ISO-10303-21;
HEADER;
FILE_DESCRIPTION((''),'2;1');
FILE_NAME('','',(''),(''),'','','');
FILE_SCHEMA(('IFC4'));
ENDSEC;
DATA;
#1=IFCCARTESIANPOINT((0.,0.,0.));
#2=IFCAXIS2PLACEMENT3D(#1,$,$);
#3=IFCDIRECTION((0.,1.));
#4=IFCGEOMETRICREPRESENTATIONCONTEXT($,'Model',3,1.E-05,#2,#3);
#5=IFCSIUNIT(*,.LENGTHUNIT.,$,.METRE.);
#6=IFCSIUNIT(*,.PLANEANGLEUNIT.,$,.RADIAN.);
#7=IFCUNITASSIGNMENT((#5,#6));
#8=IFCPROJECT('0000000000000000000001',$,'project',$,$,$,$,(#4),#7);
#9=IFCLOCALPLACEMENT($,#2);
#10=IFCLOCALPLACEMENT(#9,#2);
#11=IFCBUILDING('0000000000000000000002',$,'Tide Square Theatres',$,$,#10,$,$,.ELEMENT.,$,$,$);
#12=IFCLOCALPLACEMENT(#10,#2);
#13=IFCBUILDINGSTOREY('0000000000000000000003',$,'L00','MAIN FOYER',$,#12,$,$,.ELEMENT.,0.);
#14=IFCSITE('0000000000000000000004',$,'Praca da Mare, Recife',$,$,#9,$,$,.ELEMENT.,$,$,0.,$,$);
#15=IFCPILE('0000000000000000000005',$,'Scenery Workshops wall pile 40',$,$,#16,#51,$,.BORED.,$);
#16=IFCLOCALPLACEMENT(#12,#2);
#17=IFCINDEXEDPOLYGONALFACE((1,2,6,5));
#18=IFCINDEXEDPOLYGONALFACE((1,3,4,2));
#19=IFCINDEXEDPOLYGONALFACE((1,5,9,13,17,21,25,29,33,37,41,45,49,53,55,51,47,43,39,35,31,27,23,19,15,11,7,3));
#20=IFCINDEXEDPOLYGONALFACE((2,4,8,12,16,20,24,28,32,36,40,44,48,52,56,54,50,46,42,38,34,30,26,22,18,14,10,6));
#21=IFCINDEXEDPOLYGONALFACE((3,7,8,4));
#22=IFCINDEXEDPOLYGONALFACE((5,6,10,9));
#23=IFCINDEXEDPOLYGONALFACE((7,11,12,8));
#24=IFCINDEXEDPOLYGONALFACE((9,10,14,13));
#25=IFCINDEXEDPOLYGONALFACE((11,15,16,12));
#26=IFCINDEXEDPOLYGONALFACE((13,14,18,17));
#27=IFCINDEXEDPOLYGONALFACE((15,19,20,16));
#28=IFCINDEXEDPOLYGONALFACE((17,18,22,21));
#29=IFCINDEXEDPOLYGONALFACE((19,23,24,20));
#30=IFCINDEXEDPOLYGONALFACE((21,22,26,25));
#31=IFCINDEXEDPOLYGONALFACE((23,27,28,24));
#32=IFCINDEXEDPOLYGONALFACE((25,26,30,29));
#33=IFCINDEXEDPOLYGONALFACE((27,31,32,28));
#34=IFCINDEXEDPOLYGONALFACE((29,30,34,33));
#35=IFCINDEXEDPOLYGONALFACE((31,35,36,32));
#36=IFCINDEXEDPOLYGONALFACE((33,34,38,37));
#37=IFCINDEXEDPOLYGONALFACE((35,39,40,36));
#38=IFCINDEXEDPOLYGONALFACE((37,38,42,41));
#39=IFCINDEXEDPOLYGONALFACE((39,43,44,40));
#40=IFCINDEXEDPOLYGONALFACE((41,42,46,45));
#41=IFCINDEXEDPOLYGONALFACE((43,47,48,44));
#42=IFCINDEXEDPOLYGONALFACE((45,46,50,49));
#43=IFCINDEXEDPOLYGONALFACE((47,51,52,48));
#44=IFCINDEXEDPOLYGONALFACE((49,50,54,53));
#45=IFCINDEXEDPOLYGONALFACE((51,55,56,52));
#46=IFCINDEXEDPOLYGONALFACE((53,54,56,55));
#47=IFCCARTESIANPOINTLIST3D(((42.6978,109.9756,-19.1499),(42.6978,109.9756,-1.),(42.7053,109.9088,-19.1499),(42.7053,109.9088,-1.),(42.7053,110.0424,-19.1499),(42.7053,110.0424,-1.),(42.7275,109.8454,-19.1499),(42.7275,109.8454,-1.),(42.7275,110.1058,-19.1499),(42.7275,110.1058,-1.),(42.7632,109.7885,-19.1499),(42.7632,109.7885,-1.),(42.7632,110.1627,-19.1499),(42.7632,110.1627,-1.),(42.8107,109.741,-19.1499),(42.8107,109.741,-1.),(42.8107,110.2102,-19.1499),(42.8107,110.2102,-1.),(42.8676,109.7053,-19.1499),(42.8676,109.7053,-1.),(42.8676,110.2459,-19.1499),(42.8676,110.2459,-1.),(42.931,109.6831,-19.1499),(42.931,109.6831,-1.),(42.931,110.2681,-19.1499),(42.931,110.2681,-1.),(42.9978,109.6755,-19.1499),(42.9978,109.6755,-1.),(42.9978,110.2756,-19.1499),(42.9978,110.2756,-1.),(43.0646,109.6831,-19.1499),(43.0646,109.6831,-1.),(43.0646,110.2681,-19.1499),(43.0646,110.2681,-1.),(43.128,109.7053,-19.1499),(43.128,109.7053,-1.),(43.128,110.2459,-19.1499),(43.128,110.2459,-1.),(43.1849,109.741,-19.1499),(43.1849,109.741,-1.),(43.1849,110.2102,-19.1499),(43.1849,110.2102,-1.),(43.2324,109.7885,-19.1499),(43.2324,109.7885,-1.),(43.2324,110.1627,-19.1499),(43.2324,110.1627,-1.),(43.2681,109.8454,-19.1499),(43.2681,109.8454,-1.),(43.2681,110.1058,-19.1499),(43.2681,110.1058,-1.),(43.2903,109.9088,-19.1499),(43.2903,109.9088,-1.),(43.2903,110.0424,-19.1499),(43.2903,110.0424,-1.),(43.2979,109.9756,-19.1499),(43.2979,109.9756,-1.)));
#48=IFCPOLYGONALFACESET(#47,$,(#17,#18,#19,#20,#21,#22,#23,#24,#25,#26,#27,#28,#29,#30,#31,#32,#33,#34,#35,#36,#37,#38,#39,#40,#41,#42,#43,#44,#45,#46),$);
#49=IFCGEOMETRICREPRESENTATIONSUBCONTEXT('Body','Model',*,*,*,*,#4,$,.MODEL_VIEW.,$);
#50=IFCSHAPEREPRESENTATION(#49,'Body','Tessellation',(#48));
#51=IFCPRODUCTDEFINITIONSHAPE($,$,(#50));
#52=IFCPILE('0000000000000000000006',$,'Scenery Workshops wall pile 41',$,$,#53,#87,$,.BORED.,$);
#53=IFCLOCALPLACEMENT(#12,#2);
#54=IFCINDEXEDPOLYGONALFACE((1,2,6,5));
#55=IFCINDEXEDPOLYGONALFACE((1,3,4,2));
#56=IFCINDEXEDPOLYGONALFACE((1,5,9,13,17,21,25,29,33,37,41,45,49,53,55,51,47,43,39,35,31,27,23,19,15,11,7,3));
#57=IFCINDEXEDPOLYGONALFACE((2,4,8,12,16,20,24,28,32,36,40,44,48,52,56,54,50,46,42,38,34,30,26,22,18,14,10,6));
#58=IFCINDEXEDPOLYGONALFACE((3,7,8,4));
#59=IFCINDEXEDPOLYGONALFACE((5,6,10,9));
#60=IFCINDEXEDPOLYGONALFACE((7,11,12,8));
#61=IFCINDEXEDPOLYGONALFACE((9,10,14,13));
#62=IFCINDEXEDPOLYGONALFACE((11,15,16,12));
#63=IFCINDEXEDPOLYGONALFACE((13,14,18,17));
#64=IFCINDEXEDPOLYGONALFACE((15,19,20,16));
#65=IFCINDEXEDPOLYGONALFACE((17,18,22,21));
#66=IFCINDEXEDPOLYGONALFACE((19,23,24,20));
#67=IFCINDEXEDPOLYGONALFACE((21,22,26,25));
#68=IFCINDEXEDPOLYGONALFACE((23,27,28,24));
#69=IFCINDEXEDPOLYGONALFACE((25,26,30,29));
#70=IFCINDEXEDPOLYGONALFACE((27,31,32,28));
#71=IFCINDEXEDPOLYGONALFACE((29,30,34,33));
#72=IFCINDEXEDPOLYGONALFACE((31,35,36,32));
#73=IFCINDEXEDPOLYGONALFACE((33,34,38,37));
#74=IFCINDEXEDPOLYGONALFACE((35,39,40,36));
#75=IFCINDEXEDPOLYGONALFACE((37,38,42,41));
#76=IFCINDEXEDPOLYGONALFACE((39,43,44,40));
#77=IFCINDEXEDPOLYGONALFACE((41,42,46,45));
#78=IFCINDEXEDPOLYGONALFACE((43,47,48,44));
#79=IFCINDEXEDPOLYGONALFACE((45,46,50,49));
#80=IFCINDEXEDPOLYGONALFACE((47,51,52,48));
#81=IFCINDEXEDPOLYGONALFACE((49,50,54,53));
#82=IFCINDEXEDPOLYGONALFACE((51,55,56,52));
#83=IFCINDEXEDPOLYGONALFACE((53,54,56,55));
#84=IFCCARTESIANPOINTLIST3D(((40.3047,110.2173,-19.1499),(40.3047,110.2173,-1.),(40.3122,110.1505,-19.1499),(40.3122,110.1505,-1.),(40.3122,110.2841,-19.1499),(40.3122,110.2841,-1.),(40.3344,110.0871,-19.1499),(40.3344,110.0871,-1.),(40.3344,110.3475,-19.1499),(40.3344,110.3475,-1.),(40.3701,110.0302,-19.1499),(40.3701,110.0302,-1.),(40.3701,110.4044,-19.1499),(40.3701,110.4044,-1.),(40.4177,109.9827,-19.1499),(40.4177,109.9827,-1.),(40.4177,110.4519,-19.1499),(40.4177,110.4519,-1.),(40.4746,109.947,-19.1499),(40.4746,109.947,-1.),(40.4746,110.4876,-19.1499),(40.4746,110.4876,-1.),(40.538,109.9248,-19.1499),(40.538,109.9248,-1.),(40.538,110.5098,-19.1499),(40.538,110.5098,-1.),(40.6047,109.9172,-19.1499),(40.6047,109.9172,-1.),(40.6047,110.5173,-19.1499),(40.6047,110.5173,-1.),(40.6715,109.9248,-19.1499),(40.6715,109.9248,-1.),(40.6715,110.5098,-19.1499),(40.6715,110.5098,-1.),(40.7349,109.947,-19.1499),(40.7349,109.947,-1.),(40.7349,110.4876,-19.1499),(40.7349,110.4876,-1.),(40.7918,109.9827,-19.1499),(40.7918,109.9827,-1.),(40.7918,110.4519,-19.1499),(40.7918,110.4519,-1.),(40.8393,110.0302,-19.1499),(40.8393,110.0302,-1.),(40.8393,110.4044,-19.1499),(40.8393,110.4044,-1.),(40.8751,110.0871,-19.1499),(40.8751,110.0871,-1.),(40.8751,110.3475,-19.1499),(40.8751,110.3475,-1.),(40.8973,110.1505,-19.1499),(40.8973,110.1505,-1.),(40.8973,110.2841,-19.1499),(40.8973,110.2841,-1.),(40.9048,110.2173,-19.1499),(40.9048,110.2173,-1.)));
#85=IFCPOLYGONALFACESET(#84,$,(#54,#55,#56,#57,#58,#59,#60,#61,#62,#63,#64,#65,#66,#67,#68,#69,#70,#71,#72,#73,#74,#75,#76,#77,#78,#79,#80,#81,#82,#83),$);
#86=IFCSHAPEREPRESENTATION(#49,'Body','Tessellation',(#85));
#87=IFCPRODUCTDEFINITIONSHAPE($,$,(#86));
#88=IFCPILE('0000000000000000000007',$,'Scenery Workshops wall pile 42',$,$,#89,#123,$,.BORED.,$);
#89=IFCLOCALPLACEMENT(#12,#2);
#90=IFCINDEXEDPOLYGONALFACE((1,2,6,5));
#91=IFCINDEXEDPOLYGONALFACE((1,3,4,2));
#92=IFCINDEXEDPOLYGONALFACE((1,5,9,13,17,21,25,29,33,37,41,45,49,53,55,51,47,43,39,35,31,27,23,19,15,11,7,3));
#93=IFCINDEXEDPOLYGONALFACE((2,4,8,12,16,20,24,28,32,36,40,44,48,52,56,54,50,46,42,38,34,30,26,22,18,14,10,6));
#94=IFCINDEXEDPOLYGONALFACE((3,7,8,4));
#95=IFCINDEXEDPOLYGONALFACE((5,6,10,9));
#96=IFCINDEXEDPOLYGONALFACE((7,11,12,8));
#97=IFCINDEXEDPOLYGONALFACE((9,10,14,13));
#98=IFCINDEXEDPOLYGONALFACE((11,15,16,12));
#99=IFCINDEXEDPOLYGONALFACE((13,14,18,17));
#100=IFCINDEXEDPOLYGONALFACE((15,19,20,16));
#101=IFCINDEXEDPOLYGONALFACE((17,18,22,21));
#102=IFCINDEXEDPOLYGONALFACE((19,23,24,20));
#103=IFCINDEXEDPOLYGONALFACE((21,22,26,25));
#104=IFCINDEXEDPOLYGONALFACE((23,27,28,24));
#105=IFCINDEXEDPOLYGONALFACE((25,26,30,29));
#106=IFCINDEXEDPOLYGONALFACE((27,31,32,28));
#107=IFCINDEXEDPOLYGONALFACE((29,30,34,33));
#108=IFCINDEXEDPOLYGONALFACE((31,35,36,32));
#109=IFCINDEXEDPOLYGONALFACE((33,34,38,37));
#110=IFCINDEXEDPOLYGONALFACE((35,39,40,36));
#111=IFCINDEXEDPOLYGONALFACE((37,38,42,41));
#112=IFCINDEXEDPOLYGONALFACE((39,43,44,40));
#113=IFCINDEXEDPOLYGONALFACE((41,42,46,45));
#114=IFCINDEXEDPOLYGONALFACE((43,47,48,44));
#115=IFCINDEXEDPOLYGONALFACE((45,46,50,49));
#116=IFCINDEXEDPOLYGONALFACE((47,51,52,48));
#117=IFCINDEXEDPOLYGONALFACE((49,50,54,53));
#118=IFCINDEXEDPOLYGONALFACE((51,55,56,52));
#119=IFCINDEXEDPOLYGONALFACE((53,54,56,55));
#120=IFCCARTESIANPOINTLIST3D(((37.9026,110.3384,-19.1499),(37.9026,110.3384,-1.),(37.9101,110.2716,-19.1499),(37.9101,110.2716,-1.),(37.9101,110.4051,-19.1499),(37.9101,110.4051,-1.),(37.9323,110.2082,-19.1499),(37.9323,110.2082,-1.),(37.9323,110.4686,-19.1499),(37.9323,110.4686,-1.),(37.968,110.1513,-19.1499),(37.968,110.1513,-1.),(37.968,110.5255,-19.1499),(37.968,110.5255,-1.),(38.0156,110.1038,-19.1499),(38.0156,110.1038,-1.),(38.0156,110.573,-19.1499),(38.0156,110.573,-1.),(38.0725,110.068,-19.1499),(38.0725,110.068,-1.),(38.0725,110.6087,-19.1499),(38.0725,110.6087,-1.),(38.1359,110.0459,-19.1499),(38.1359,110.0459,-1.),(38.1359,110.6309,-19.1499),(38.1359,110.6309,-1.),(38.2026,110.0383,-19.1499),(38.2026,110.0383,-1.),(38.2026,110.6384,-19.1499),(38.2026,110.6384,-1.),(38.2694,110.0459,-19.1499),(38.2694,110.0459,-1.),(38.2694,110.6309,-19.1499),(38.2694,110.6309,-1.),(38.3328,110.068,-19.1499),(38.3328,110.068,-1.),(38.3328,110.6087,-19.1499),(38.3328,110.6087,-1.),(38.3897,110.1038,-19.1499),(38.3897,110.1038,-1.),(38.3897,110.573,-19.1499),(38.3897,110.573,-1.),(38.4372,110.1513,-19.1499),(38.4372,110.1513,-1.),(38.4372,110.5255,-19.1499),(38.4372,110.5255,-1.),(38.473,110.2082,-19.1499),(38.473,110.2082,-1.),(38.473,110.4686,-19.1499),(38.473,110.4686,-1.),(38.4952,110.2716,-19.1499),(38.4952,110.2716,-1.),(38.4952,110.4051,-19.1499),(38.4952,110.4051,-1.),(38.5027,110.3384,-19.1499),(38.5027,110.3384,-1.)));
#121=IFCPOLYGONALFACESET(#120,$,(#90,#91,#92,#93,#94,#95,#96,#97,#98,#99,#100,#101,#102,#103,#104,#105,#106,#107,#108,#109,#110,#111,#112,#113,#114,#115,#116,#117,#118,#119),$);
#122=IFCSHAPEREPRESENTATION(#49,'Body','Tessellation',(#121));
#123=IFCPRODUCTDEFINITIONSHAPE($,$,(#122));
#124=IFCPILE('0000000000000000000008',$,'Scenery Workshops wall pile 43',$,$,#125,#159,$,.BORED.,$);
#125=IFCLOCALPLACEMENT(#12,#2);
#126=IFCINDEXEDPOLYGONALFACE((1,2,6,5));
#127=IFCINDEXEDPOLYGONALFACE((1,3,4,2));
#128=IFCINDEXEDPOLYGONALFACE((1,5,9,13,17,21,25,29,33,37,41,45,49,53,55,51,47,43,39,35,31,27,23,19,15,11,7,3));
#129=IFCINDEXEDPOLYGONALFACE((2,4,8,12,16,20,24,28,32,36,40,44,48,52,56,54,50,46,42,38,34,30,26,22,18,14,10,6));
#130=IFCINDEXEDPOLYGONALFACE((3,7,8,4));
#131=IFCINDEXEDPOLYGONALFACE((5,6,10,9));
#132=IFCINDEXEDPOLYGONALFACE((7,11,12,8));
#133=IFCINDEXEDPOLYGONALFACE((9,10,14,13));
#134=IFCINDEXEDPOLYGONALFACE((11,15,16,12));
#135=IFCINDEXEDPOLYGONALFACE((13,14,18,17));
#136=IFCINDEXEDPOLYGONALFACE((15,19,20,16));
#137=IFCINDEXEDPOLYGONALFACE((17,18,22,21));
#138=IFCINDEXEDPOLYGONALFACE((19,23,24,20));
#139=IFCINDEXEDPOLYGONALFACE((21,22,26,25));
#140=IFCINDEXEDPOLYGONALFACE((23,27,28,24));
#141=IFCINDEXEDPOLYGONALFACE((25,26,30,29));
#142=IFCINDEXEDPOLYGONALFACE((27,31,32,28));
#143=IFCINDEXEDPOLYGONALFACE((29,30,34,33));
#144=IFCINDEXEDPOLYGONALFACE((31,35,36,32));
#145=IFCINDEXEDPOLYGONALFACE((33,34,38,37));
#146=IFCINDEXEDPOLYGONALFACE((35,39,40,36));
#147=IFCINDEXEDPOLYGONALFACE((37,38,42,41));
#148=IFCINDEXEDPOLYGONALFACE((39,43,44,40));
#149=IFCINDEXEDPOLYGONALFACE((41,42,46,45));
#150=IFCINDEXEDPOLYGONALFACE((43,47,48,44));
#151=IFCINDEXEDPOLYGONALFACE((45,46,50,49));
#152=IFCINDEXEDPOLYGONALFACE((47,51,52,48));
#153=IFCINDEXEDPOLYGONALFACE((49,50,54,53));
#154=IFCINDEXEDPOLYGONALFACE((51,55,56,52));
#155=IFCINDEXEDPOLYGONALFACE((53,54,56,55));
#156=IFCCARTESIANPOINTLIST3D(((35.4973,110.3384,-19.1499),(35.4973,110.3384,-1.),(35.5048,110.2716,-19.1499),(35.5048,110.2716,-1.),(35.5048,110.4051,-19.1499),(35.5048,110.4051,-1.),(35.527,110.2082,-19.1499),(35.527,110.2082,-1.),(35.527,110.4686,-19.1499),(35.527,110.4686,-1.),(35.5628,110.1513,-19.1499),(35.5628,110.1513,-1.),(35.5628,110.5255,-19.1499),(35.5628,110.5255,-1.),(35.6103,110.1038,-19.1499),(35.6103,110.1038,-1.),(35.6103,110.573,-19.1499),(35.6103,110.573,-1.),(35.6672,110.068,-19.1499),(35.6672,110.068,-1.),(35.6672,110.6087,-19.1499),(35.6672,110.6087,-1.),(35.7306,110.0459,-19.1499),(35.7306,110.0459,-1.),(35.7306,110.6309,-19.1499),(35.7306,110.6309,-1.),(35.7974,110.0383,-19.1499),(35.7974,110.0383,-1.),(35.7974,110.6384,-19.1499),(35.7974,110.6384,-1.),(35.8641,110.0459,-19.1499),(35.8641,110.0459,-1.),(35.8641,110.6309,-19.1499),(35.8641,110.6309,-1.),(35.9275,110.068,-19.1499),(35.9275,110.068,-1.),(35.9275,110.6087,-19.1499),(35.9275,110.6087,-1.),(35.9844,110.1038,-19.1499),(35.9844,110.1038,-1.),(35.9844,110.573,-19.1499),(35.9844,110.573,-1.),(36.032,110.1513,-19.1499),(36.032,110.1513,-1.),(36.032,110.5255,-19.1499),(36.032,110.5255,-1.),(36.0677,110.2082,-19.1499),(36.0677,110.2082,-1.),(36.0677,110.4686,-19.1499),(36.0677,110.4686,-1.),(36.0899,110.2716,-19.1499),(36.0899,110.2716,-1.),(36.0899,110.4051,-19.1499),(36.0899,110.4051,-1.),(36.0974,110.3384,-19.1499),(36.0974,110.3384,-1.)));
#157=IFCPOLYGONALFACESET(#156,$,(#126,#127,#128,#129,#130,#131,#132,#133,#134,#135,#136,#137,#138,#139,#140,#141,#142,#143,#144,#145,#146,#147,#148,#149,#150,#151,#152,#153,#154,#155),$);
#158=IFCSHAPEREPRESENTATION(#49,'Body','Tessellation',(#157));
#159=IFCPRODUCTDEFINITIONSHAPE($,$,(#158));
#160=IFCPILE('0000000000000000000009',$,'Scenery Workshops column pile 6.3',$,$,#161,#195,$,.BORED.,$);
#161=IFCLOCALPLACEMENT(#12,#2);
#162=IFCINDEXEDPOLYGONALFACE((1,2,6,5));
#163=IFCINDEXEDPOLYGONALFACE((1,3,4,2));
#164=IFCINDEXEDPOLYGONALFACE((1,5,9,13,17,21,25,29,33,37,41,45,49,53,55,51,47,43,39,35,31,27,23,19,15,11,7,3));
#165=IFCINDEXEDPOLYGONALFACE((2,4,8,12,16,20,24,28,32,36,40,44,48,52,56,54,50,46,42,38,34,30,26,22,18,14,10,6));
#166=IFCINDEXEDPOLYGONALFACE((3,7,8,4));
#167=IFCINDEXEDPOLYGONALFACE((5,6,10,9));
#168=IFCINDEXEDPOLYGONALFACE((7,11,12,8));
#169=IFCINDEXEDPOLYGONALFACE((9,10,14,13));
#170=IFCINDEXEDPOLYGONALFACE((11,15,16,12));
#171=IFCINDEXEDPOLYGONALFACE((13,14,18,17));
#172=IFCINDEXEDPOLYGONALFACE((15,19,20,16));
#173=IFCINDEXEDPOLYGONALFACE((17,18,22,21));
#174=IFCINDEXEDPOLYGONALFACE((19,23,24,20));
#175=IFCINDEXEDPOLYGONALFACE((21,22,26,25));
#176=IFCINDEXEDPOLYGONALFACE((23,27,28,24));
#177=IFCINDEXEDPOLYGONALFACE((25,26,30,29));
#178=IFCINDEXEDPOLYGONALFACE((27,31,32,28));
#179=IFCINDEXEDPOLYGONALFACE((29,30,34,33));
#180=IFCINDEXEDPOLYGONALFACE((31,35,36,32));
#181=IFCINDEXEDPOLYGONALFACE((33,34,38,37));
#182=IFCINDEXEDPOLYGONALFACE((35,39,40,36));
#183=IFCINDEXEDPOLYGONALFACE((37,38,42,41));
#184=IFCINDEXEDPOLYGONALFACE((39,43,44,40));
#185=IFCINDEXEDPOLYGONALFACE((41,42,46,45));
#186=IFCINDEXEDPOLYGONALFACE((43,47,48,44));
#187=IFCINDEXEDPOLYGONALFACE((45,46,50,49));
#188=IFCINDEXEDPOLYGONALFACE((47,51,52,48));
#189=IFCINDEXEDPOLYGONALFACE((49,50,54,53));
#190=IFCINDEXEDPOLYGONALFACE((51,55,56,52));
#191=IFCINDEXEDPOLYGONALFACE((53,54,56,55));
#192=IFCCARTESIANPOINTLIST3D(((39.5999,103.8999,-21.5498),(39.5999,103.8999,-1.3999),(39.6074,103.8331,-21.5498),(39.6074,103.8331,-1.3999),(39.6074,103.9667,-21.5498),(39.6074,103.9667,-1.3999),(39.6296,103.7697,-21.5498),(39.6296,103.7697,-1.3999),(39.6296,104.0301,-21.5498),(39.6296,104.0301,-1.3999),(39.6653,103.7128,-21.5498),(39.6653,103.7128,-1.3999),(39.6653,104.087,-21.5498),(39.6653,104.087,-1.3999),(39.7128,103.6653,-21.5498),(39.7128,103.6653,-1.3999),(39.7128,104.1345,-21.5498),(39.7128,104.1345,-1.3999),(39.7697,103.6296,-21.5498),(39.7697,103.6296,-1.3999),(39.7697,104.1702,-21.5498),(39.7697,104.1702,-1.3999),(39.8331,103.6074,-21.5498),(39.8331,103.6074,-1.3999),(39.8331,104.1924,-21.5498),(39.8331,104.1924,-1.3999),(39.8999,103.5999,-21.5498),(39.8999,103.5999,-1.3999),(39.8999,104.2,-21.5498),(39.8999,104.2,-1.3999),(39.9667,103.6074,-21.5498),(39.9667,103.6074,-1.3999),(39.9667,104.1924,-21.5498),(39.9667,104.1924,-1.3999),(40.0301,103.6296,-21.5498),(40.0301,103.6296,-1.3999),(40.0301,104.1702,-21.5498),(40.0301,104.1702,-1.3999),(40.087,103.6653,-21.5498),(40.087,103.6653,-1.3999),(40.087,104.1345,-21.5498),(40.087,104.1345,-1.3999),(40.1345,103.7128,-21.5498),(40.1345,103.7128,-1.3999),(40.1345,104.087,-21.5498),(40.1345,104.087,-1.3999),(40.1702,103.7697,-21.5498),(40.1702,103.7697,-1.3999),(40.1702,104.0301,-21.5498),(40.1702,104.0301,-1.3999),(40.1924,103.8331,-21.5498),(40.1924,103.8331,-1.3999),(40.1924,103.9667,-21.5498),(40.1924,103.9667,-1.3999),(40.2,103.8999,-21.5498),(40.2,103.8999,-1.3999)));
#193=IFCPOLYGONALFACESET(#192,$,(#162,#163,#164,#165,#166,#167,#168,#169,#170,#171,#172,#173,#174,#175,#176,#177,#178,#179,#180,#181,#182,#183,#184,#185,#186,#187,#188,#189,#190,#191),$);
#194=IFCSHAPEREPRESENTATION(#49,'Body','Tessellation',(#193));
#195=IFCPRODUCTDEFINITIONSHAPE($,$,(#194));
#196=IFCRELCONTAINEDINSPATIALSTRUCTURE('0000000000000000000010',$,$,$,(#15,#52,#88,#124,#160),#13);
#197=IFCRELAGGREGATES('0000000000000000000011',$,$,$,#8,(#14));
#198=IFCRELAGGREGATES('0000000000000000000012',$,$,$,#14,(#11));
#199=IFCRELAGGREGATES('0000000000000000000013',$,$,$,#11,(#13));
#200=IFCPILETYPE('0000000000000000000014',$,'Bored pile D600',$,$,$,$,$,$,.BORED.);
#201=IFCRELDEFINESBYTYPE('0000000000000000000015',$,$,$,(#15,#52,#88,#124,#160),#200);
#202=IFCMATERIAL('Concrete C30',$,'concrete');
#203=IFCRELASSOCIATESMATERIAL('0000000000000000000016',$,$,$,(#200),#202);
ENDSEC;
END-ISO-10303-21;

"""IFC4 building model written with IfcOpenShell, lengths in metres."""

from ifc_helpers import new_model, si_unit, direction, frame, origin, origin_2d, place, context, subcontext, project, spatial, circle, extrude, material, material_profile, profile_set, type_object, element, save


model = new_model("IFC4")

# Units and contexts
model_context = context("Model", 3, precision=1e-05, world=origin(), true_north=direction((0.0, 1.0)))
body_context = subcontext(model_context, "Body", "Model", "MODEL_VIEW")
ifc_project = project(units=[si_unit("LENGTHUNIT", "METRE"), si_unit("PLANEANGLEUNIT", "RADIAN")], contexts=[model_context])

# Site, building, storey
site_placement = place(None, origin())
site = spatial("IfcSite", under=ifc_project, at=site_placement, Name="Praca da Mare, Recife", CompositionType="ELEMENT", RefElevation=0.0)
building_placement = place(site_placement, origin())
building = spatial("IfcBuilding", under=site, at=building_placement, Name="Tide Square Theatres", CompositionType="ELEMENT")
storey_placement = place(building_placement, origin())
storey = spatial("IfcBuildingStorey", under=building, at=storey_placement, Name="L00", Description="MAIN FOYER", CompositionType="ELEMENT", Elevation=0.0)

# Piles
ifc_material_1 = material(Name="Concrete C30", Category="concrete")
ifc_material_profile_1 = material_profile(ifc_material_1, circle(Radius=0.3, at=origin_2d()))
ifc_profile_set_1 = profile_set([ifc_material_profile_1], Name="Concrete C30")
pile_type = type_object("IfcPileType", Name="Bored pile D600", PredefinedType="BORED", material=ifc_profile_set_1)
for number, where, z_axis, x_axis, name in (
    (1, (42.9978, 109.9756, -1.0), (0.0, 0.0, -1.0), (1.0, 0.0, 0.0), "Scenery Workshops wall pile 40"),
    (2, (40.6047, 110.2173, -1.0), (0.0, 0.0, -1.0), (1.0, 0.0, 0.0), "Scenery Workshops wall pile 41"),
    (3, (38.2026, 110.3384, -1.0), (0.0, 0.0, -1.0), (1.0, 0.0, 0.0), "Scenery Workshops wall pile 42"),
    (4, (35.7974, 110.3384, -1.0), (0.0, 0.0, -1.0), (1.0, 0.0, 0.0), "Scenery Workshops wall pile 43"),
):
    element("IfcPile", number, at=place(storey_placement, frame(where, z_axis=z_axis, x_axis=x_axis)), inside=storey, type_object=pile_type, Name=name, PredefinedType="BORED", context=body_context, shape_type="SweptSolid", body=[
        extrude(circle(Radius=0.3, at=origin_2d()), origin(), (0.0, 0.0, 1.0), 18.1499),
    ])
for number, where, z_axis, x_axis, name in (
    (5, (39.8999, 103.8999, -1.3999), (0.0, 0.0, -1.0), (1.0, 0.0, 0.0), "Scenery Workshops column pile 6.3"),
):
    element("IfcPile", number, at=place(storey_placement, frame(where, z_axis=z_axis, x_axis=x_axis)), inside=storey, type_object=pile_type, Name=name, PredefinedType="BORED", context=body_context, shape_type="SweptSolid", body=[
        extrude(circle(Radius=0.3, at=origin_2d()), origin(), (0.0, 0.0, 1.0), 20.1499),
    ])

save(model, "model.ifc")
